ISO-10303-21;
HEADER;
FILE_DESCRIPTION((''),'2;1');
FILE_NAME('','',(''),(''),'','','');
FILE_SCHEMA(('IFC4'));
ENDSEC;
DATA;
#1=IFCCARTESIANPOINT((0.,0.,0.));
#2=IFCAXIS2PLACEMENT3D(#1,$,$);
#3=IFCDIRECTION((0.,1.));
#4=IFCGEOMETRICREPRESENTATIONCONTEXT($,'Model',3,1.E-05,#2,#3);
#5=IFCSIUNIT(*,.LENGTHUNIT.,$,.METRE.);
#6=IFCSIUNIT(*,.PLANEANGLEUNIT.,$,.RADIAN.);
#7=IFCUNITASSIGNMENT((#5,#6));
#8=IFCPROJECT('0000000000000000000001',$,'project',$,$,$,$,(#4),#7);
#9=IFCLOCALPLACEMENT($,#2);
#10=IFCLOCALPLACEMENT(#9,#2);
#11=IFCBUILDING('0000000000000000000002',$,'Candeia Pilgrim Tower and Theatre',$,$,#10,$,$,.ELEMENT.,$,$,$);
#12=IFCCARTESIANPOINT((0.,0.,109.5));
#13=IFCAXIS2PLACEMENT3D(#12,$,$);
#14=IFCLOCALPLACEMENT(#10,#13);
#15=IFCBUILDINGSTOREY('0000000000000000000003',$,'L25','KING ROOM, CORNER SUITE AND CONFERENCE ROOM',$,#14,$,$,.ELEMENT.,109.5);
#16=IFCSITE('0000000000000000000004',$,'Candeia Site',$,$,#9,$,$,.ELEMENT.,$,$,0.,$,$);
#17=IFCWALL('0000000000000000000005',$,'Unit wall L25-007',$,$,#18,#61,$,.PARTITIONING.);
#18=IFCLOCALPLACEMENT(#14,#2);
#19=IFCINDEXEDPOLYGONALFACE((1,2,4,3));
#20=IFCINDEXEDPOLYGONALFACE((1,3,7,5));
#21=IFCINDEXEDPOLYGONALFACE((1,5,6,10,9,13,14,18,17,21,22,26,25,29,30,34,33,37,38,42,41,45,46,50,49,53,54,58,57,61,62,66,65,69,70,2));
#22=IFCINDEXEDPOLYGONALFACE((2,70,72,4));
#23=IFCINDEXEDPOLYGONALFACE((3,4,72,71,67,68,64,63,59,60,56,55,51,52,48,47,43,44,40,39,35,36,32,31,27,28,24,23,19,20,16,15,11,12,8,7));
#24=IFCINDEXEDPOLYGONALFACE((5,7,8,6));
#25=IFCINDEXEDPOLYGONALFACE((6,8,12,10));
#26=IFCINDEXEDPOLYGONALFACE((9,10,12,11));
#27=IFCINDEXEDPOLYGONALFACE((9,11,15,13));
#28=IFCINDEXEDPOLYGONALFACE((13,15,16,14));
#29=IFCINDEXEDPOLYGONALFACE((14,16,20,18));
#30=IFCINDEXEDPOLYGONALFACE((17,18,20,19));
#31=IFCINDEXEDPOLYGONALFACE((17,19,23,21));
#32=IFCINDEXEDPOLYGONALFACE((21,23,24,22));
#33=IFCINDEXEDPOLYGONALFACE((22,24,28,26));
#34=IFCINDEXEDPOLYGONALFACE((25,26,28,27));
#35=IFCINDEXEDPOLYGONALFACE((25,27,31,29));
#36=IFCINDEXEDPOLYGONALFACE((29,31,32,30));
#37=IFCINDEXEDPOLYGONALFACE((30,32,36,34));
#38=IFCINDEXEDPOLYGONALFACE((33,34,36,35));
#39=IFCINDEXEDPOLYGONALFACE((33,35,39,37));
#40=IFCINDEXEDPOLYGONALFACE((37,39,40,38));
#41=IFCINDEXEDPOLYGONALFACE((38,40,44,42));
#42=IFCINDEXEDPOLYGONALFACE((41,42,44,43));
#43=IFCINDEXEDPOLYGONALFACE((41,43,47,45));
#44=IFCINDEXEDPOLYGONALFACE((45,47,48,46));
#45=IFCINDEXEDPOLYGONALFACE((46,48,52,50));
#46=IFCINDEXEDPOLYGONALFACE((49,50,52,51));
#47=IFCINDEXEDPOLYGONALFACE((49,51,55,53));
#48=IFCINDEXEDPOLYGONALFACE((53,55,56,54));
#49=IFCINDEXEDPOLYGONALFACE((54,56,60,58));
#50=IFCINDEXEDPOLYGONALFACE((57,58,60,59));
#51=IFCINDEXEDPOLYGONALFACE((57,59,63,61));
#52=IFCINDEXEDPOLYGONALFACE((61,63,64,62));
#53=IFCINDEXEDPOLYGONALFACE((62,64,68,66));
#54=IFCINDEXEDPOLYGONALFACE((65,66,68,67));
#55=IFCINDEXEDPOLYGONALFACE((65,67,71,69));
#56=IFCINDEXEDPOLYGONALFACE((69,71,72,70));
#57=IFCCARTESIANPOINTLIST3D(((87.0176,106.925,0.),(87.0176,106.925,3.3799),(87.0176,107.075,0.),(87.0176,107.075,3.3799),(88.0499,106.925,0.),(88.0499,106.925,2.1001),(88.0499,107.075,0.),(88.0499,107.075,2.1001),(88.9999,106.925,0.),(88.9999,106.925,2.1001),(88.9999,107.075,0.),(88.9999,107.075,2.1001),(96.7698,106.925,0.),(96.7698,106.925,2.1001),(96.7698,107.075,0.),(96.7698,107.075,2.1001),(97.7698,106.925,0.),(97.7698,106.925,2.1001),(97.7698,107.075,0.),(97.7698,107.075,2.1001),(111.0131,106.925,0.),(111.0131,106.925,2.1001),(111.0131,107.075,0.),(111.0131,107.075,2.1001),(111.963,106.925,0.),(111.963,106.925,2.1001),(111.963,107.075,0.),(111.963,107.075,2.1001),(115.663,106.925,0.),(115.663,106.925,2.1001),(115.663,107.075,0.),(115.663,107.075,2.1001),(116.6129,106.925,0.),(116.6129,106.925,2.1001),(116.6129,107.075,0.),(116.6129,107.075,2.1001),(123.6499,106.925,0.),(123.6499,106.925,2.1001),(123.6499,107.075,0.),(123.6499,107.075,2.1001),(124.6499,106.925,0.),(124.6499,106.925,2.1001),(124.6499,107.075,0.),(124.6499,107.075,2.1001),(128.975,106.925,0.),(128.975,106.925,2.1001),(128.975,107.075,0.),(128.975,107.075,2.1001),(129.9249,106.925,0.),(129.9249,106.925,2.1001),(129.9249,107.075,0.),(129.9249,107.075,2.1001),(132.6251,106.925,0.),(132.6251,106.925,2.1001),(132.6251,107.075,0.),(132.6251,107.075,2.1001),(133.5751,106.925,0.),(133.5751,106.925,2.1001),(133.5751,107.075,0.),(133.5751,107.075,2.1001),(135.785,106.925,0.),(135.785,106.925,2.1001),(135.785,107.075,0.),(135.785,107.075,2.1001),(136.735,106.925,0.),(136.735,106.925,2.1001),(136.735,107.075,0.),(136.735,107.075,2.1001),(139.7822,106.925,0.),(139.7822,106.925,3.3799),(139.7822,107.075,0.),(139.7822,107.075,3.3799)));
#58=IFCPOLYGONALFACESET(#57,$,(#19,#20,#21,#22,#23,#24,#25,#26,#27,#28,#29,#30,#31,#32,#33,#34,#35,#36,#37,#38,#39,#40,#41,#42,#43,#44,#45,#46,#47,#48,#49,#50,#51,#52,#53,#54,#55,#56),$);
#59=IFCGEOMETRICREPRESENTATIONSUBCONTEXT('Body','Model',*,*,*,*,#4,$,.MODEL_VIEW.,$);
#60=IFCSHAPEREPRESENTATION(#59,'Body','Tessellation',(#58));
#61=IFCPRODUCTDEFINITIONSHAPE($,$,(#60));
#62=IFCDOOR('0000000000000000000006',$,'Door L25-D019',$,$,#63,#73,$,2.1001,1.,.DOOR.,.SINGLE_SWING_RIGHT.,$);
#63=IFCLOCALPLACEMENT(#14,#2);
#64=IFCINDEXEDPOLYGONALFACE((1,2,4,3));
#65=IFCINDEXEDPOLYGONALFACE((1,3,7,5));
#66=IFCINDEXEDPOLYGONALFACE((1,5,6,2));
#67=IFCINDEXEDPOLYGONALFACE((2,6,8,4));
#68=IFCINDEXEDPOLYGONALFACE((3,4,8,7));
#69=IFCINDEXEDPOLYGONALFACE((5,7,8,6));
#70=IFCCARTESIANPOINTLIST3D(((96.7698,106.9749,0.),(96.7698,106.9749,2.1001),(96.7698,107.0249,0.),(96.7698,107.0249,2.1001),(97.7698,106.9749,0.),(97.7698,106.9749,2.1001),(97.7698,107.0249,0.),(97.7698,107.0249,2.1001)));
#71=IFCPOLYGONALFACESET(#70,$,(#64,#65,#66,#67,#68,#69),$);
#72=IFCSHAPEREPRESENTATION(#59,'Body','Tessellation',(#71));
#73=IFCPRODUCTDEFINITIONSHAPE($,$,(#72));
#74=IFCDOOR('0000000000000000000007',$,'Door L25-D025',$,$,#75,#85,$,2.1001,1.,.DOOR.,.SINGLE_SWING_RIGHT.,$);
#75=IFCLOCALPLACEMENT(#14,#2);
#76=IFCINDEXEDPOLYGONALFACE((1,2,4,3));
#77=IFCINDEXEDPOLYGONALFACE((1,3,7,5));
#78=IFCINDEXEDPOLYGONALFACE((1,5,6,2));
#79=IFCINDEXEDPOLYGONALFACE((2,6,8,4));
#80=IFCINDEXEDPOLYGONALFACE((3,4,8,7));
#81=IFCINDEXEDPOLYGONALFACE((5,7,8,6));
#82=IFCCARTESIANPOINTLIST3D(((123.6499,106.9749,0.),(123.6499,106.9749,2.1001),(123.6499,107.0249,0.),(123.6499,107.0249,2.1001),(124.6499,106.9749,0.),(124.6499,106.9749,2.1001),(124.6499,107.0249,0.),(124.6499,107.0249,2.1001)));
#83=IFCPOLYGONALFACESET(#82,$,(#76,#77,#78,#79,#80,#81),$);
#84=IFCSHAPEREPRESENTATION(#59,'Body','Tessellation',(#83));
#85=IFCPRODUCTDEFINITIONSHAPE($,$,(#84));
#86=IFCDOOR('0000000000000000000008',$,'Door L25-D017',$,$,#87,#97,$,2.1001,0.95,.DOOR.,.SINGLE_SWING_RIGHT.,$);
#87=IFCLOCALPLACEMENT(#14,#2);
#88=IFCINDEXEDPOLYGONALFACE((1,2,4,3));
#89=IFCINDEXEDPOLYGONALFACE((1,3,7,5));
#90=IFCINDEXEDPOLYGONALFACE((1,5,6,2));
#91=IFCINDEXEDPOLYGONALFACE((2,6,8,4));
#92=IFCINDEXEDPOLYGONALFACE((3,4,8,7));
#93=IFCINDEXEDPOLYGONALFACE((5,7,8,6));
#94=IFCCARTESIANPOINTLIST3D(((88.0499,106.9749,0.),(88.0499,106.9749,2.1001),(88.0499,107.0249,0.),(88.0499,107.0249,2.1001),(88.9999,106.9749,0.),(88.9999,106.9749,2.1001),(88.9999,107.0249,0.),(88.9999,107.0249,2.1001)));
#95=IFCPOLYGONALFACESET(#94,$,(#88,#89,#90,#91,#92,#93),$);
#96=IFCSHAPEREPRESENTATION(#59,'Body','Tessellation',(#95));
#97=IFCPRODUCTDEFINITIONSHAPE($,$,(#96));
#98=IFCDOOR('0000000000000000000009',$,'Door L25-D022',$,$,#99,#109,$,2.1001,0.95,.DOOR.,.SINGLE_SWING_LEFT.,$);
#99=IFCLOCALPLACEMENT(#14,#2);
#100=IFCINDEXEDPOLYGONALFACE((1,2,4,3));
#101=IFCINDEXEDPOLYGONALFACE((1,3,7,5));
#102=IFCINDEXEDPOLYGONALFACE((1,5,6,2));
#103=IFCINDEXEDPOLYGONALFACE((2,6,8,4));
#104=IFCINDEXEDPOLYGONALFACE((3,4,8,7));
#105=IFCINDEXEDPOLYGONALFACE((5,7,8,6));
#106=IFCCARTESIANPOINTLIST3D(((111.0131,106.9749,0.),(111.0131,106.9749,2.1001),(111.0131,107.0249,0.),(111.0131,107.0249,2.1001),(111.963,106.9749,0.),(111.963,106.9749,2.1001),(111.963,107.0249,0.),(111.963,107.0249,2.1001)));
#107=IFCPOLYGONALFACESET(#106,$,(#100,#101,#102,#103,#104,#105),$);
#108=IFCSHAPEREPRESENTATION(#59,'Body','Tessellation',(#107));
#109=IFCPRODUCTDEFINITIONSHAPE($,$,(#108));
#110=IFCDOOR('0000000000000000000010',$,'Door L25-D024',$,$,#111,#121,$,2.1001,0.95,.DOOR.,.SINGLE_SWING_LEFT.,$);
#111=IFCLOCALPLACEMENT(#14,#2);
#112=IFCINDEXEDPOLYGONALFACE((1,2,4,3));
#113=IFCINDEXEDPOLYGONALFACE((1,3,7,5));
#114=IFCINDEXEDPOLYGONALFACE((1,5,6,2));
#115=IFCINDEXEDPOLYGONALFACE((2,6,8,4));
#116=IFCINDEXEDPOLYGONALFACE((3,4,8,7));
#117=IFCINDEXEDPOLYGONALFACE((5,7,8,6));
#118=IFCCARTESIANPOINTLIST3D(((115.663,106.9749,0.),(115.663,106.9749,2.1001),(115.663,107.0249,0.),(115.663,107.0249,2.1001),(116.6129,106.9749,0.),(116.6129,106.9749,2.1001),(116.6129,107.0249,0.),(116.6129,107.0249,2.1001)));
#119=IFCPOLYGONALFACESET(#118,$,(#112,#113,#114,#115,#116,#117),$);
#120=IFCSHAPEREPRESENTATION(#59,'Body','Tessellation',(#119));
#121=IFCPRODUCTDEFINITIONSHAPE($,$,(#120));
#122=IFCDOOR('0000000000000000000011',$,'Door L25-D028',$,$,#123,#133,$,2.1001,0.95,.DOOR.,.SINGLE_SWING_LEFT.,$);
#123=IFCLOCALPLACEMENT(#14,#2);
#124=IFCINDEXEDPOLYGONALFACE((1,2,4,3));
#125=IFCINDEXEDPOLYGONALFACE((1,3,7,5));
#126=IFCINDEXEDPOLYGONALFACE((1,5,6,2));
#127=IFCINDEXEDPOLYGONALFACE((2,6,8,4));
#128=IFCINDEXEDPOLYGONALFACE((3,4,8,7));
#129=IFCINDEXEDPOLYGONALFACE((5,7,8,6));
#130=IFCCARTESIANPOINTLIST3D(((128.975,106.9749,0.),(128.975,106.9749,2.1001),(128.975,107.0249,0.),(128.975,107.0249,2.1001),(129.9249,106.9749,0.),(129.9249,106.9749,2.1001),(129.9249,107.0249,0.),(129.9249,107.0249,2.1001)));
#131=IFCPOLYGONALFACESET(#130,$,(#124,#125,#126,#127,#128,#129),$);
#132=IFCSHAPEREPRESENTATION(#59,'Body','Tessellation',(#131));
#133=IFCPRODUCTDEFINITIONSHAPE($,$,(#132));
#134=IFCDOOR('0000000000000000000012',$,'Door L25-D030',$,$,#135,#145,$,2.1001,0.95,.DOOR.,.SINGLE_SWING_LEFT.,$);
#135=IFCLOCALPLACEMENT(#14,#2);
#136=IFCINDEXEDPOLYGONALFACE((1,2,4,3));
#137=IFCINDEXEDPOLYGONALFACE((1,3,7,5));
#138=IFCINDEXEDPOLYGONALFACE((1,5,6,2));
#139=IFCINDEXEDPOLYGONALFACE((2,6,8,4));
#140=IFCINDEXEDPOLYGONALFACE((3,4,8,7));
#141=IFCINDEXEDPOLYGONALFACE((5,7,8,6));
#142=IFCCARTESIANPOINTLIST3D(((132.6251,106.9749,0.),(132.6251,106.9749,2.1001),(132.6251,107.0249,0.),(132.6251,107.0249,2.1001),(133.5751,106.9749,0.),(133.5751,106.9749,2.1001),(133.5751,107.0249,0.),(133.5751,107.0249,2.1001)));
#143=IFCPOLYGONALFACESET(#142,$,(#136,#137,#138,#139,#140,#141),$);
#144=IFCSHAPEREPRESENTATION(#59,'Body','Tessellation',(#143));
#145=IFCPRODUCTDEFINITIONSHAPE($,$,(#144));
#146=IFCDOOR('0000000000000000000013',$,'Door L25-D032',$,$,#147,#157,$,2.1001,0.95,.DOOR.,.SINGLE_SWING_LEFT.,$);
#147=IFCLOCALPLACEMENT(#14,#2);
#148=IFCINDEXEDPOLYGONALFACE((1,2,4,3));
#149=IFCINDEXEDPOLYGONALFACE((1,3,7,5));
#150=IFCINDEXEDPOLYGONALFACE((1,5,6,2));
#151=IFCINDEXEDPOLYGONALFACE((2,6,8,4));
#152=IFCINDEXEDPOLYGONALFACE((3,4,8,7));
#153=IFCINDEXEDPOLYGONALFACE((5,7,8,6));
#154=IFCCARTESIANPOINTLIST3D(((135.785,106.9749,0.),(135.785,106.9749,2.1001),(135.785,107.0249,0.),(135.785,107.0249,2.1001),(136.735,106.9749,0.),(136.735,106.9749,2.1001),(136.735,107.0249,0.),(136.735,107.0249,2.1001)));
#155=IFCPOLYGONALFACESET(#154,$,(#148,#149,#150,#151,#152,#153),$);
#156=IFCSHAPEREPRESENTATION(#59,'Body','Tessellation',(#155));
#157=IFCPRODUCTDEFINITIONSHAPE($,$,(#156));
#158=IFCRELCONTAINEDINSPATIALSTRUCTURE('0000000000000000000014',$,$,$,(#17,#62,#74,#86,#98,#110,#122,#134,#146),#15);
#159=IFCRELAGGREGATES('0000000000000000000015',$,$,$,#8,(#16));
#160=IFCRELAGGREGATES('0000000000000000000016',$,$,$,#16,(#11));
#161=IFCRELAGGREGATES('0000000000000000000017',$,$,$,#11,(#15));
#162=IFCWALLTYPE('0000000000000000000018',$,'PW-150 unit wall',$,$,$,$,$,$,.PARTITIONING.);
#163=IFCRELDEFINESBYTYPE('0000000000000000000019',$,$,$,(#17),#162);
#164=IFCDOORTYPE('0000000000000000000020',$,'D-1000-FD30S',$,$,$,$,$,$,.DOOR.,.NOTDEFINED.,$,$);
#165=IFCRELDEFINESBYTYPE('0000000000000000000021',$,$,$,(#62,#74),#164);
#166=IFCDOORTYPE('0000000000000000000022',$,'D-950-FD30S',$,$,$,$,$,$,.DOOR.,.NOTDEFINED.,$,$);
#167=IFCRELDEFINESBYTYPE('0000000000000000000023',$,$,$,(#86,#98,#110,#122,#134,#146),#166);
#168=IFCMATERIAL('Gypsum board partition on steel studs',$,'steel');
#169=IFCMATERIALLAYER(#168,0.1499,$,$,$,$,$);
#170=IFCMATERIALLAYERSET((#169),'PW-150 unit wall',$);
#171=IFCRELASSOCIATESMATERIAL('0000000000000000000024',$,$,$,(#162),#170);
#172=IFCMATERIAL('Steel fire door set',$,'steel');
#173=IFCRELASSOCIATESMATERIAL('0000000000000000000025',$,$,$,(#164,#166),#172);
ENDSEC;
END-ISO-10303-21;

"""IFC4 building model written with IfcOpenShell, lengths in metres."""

from ifc_helpers import new_model, si_unit, direction, frame, frame_2d, origin, place, context, subcontext, project, spatial, rectangle, extrude, material, layer, layer_set, type_object, element, fill, save


model = new_model("IFC4")

# Units and contexts
model_context = context("Model", 3, precision=1e-05, world=origin(), true_north=direction((0.0, 1.0)))
body_context = subcontext(model_context, "Body", "Model", "MODEL_VIEW")
ifc_project = project(units=[si_unit("LENGTHUNIT", "METRE"), si_unit("PLANEANGLEUNIT", "RADIAN")], contexts=[model_context])

# Site, building, storey
site_placement = place(None, origin())
site = spatial("IfcSite", under=ifc_project, at=site_placement, Name="Candeia Site", CompositionType="ELEMENT", RefElevation=0.0)
building_placement = place(site_placement, origin())
building = spatial("IfcBuilding", under=site, at=building_placement, Name="Candeia Pilgrim Tower and Theatre", CompositionType="ELEMENT")
storey_placement = place(building_placement, frame((0.0, 0.0, 109.5)))
storey = spatial("IfcBuildingStorey", under=building, at=storey_placement, Name="L25", Description="KING ROOM, CORNER SUITE AND CONFERENCE ROOM", CompositionType="ELEMENT", Elevation=109.5)

# Shared definitions
ifc_material_1 = material(Name="Gypsum board partition on steel studs", Category="steel")

# Wall, openings, doors
ifc_layer_1 = layer(ifc_material_1, 0.1499)
ifc_layer_set_1 = layer_set([ifc_layer_1], Name="PW-150 unit wall")
wall_type_1 = type_object("IfcWallType", Name="PW-150 unit wall", PredefinedType="PARTITIONING", material=ifc_layer_set_1)
wall_1_placement = place(storey_placement, frame((87.0176, 107.0, 0.0), z_axis=(0.0, 0.0, 1.0), x_axis=(1.0, 0.0, 0.0)))
wall_1 = element("IfcWall", 1, at=wall_1_placement, inside=storey, type_object=wall_type_1, Name="Unit wall L25-007", PredefinedType="PARTITIONING", context=body_context, shape_type="SweptSolid", body=[
    extrude(rectangle(XDim=52.7646, YDim=0.1499, at=frame_2d((26.3823, 0.0))), origin(), (0.0, 0.0, 1.0), 3.3799),
])
opening_1_placement = place(wall_1_placement, frame((1.0322, 0.0, 0.0)))
opening_1 = element("IfcOpeningElement", 2, at=opening_1_placement, cuts=wall_1, PredefinedType="OPENING", context=body_context, shape_type="SweptSolid", body=[
    extrude(rectangle(XDim=0.95, YDim=2.1001, at=frame_2d((0.4751, 1.05))), frame((0.0, 0.085, 0.0), z_axis=(0.0, -1.0, 0.0), x_axis=(1.0, 0.0, 0.0)), (0.0, 0.0, 1.0), 0.1699),
])
opening_2_placement = place(wall_1_placement, frame((9.7522, 0.0, 0.0)))
opening_2 = element("IfcOpeningElement", 3, at=opening_2_placement, cuts=wall_1, PredefinedType="OPENING", context=body_context, shape_type="SweptSolid", body=[
    extrude(rectangle(XDim=1.0, YDim=2.1001, at=frame_2d((0.5, 1.05))), frame((0.0, 0.085, 0.0), z_axis=(0.0, -1.0, 0.0), x_axis=(1.0, 0.0, 0.0)), (0.0, 0.0, 1.0), 0.1699),
])
opening_3_placement = place(wall_1_placement, frame((23.9954, 0.0, 0.0)))
opening_3 = element("IfcOpeningElement", 4, at=opening_3_placement, cuts=wall_1, PredefinedType="OPENING", context=body_context, shape_type="SweptSolid", body=[
    extrude(rectangle(XDim=0.95, YDim=2.1001, at=frame_2d((0.4751, 1.05))), frame((0.0, 0.085, 0.0), z_axis=(0.0, -1.0, 0.0), x_axis=(1.0, 0.0, 0.0)), (0.0, 0.0, 1.0), 0.1699),
])
opening_4_placement = place(wall_1_placement, frame((28.6453, 0.0, 0.0)))
opening_4 = element("IfcOpeningElement", 5, at=opening_4_placement, cuts=wall_1, PredefinedType="OPENING", context=body_context, shape_type="SweptSolid", body=[
    extrude(rectangle(XDim=0.95, YDim=2.1001, at=frame_2d((0.4751, 1.05))), frame((0.0, 0.085, 0.0), z_axis=(0.0, -1.0, 0.0), x_axis=(1.0, 0.0, 0.0)), (0.0, 0.0, 1.0), 0.1699),
])
opening_5_placement = place(wall_1_placement, frame((36.6323, 0.0, 0.0)))
opening_5 = element("IfcOpeningElement", 6, at=opening_5_placement, cuts=wall_1, PredefinedType="OPENING", context=body_context, shape_type="SweptSolid", body=[
    extrude(rectangle(XDim=1.0, YDim=2.1001, at=frame_2d((0.5, 1.05))), frame((0.0, 0.085, 0.0), z_axis=(0.0, -1.0, 0.0), x_axis=(1.0, 0.0, 0.0)), (0.0, 0.0, 1.0), 0.1699),
])
opening_6_placement = place(wall_1_placement, frame((41.9573, 0.0, 0.0)))
opening_6 = element("IfcOpeningElement", 7, at=opening_6_placement, cuts=wall_1, PredefinedType="OPENING", context=body_context, shape_type="SweptSolid", body=[
    extrude(rectangle(XDim=0.95, YDim=2.1001, at=frame_2d((0.4751, 1.05))), frame((0.0, 0.085, 0.0), z_axis=(0.0, -1.0, 0.0), x_axis=(1.0, 0.0, 0.0)), (0.0, 0.0, 1.0), 0.1699),
])
opening_7_placement = place(wall_1_placement, frame((45.6074, 0.0, 0.0)))
opening_7 = element("IfcOpeningElement", 8, at=opening_7_placement, cuts=wall_1, PredefinedType="OPENING", context=body_context, shape_type="SweptSolid", body=[
    extrude(rectangle(XDim=0.95, YDim=2.1001, at=frame_2d((0.4751, 1.05))), frame((0.0, 0.085, 0.0), z_axis=(0.0, -1.0, 0.0), x_axis=(1.0, 0.0, 0.0)), (0.0, 0.0, 1.0), 0.1699),
])
opening_8_placement = place(wall_1_placement, frame((48.7673, 0.0, 0.0)))
opening_8 = element("IfcOpeningElement", 9, at=opening_8_placement, cuts=wall_1, PredefinedType="OPENING", context=body_context, shape_type="SweptSolid", body=[
    extrude(rectangle(XDim=0.95, YDim=2.1001, at=frame_2d((0.4751, 1.05))), frame((0.0, 0.085, 0.0), z_axis=(0.0, -1.0, 0.0), x_axis=(1.0, 0.0, 0.0)), (0.0, 0.0, 1.0), 0.1699),
])
ifc_material_2 = material(Name="Steel fire door set", Category="steel")
door_type_1 = type_object("IfcDoorType", Name="D-1000-FD30S", OperationType="NOTDEFINED", PredefinedType="DOOR", material=ifc_material_2)
door_1_placement = place(opening_2_placement, origin())
door_1 = element("IfcDoor", 10, at=door_1_placement, inside=storey, type_object=door_type_1, Name="Door L25-D019", OperationType="SINGLE_SWING_RIGHT", OverallHeight=2.1001, OverallWidth=1.0, PredefinedType="DOOR", context=body_context, shape_type="SweptSolid", body=[
    extrude(rectangle(XDim=1.0, YDim=2.1001, at=frame_2d((0.5, 1.05))), frame((0.0, 0.0249, 0.0), z_axis=(0.0, -1.0, 0.0), x_axis=(1.0, 0.0, 0.0)), (0.0, 0.0, 1.0), 0.05),
])
fill(opening_2, door_1)
door_2_placement = place(opening_5_placement, origin())
door_2 = element("IfcDoor", 11, at=door_2_placement, inside=storey, type_object=door_type_1, Name="Door L25-D025", OperationType="SINGLE_SWING_RIGHT", OverallHeight=2.1001, OverallWidth=1.0, PredefinedType="DOOR", context=body_context, shape_type="SweptSolid", body=[
    extrude(rectangle(XDim=1.0, YDim=2.1001, at=frame_2d((0.5, 1.05))), frame((0.0, 0.0249, 0.0), z_axis=(0.0, -1.0, 0.0), x_axis=(1.0, 0.0, 0.0)), (0.0, 0.0, 1.0), 0.05),
])
fill(opening_5, door_2)
door_type_2 = type_object("IfcDoorType", Name="D-950-FD30S", OperationType="NOTDEFINED", PredefinedType="DOOR", material=ifc_material_2)
door_3_placement = place(opening_1_placement, origin())
door_3 = element("IfcDoor", 12, at=door_3_placement, inside=storey, type_object=door_type_2, Name="Door L25-D017", OperationType="SINGLE_SWING_RIGHT", OverallHeight=2.1001, OverallWidth=0.95, PredefinedType="DOOR", context=body_context, shape_type="SweptSolid", body=[
    extrude(rectangle(XDim=0.95, YDim=2.1001, at=frame_2d((0.4751, 1.05))), frame((0.0, 0.0249, 0.0), z_axis=(0.0, -1.0, 0.0), x_axis=(1.0, 0.0, 0.0)), (0.0, 0.0, 1.0), 0.05),
])
fill(opening_1, door_3)
door_4_placement = place(opening_3_placement, origin())
door_4 = element("IfcDoor", 13, at=door_4_placement, inside=storey, type_object=door_type_2, Name="Door L25-D022", OperationType="SINGLE_SWING_LEFT", OverallHeight=2.1001, OverallWidth=0.95, PredefinedType="DOOR", context=body_context, shape_type="SweptSolid", body=[
    extrude(rectangle(XDim=0.95, YDim=2.1001, at=frame_2d((0.4751, 1.05))), frame((0.0, 0.0249, 0.0), z_axis=(0.0, -1.0, 0.0), x_axis=(1.0, 0.0, 0.0)), (0.0, 0.0, 1.0), 0.05),
])
fill(opening_3, door_4)
door_5_placement = place(opening_4_placement, origin())
door_5 = element("IfcDoor", 14, at=door_5_placement, inside=storey, type_object=door_type_2, Name="Door L25-D024", OperationType="SINGLE_SWING_LEFT", OverallHeight=2.1001, OverallWidth=0.95, PredefinedType="DOOR", context=body_context, shape_type="SweptSolid", body=[
    extrude(rectangle(XDim=0.95, YDim=2.1001, at=frame_2d((0.4751, 1.05))), frame((0.0, 0.0249, 0.0), z_axis=(0.0, -1.0, 0.0), x_axis=(1.0, 0.0, 0.0)), (0.0, 0.0, 1.0), 0.05),
])
fill(opening_4, door_5)
door_6_placement = place(opening_6_placement, origin())
door_6 = element("IfcDoor", 15, at=door_6_placement, inside=storey, type_object=door_type_2, Name="Door L25-D028", OperationType="SINGLE_SWING_LEFT", OverallHeight=2.1001, OverallWidth=0.95, PredefinedType="DOOR", context=body_context, shape_type="SweptSolid", body=[
    extrude(rectangle(XDim=0.95, YDim=2.1001, at=frame_2d((0.4751, 1.05))), frame((0.0, 0.0249, 0.0), z_axis=(0.0, -1.0, 0.0), x_axis=(1.0, 0.0, 0.0)), (0.0, 0.0, 1.0), 0.05),
])
fill(opening_6, door_6)
door_7_placement = place(opening_7_placement, origin())
door_7 = element("IfcDoor", 16, at=door_7_placement, inside=storey, type_object=door_type_2, Name="Door L25-D030", OperationType="SINGLE_SWING_LEFT", OverallHeight=2.1001, OverallWidth=0.95, PredefinedType="DOOR", context=body_context, shape_type="SweptSolid", body=[
    extrude(rectangle(XDim=0.95, YDim=2.1001, at=frame_2d((0.4751, 1.05))), frame((0.0, 0.0249, 0.0), z_axis=(0.0, -1.0, 0.0), x_axis=(1.0, 0.0, 0.0)), (0.0, 0.0, 1.0), 0.05),
])
fill(opening_7, door_7)
door_8_placement = place(opening_8_placement, origin())
door_8 = element("IfcDoor", 17, at=door_8_placement, inside=storey, type_object=door_type_2, Name="Door L25-D032", OperationType="SINGLE_SWING_LEFT", OverallHeight=2.1001, OverallWidth=0.95, PredefinedType="DOOR", context=body_context, shape_type="SweptSolid", body=[
    extrude(rectangle(XDim=0.95, YDim=2.1001, at=frame_2d((0.4751, 1.05))), frame((0.0, 0.0249, 0.0), z_axis=(0.0, -1.0, 0.0), x_axis=(1.0, 0.0, 0.0)), (0.0, 0.0, 1.0), 0.05),
])
fill(opening_8, door_8)

save(model, "model.ifc")
